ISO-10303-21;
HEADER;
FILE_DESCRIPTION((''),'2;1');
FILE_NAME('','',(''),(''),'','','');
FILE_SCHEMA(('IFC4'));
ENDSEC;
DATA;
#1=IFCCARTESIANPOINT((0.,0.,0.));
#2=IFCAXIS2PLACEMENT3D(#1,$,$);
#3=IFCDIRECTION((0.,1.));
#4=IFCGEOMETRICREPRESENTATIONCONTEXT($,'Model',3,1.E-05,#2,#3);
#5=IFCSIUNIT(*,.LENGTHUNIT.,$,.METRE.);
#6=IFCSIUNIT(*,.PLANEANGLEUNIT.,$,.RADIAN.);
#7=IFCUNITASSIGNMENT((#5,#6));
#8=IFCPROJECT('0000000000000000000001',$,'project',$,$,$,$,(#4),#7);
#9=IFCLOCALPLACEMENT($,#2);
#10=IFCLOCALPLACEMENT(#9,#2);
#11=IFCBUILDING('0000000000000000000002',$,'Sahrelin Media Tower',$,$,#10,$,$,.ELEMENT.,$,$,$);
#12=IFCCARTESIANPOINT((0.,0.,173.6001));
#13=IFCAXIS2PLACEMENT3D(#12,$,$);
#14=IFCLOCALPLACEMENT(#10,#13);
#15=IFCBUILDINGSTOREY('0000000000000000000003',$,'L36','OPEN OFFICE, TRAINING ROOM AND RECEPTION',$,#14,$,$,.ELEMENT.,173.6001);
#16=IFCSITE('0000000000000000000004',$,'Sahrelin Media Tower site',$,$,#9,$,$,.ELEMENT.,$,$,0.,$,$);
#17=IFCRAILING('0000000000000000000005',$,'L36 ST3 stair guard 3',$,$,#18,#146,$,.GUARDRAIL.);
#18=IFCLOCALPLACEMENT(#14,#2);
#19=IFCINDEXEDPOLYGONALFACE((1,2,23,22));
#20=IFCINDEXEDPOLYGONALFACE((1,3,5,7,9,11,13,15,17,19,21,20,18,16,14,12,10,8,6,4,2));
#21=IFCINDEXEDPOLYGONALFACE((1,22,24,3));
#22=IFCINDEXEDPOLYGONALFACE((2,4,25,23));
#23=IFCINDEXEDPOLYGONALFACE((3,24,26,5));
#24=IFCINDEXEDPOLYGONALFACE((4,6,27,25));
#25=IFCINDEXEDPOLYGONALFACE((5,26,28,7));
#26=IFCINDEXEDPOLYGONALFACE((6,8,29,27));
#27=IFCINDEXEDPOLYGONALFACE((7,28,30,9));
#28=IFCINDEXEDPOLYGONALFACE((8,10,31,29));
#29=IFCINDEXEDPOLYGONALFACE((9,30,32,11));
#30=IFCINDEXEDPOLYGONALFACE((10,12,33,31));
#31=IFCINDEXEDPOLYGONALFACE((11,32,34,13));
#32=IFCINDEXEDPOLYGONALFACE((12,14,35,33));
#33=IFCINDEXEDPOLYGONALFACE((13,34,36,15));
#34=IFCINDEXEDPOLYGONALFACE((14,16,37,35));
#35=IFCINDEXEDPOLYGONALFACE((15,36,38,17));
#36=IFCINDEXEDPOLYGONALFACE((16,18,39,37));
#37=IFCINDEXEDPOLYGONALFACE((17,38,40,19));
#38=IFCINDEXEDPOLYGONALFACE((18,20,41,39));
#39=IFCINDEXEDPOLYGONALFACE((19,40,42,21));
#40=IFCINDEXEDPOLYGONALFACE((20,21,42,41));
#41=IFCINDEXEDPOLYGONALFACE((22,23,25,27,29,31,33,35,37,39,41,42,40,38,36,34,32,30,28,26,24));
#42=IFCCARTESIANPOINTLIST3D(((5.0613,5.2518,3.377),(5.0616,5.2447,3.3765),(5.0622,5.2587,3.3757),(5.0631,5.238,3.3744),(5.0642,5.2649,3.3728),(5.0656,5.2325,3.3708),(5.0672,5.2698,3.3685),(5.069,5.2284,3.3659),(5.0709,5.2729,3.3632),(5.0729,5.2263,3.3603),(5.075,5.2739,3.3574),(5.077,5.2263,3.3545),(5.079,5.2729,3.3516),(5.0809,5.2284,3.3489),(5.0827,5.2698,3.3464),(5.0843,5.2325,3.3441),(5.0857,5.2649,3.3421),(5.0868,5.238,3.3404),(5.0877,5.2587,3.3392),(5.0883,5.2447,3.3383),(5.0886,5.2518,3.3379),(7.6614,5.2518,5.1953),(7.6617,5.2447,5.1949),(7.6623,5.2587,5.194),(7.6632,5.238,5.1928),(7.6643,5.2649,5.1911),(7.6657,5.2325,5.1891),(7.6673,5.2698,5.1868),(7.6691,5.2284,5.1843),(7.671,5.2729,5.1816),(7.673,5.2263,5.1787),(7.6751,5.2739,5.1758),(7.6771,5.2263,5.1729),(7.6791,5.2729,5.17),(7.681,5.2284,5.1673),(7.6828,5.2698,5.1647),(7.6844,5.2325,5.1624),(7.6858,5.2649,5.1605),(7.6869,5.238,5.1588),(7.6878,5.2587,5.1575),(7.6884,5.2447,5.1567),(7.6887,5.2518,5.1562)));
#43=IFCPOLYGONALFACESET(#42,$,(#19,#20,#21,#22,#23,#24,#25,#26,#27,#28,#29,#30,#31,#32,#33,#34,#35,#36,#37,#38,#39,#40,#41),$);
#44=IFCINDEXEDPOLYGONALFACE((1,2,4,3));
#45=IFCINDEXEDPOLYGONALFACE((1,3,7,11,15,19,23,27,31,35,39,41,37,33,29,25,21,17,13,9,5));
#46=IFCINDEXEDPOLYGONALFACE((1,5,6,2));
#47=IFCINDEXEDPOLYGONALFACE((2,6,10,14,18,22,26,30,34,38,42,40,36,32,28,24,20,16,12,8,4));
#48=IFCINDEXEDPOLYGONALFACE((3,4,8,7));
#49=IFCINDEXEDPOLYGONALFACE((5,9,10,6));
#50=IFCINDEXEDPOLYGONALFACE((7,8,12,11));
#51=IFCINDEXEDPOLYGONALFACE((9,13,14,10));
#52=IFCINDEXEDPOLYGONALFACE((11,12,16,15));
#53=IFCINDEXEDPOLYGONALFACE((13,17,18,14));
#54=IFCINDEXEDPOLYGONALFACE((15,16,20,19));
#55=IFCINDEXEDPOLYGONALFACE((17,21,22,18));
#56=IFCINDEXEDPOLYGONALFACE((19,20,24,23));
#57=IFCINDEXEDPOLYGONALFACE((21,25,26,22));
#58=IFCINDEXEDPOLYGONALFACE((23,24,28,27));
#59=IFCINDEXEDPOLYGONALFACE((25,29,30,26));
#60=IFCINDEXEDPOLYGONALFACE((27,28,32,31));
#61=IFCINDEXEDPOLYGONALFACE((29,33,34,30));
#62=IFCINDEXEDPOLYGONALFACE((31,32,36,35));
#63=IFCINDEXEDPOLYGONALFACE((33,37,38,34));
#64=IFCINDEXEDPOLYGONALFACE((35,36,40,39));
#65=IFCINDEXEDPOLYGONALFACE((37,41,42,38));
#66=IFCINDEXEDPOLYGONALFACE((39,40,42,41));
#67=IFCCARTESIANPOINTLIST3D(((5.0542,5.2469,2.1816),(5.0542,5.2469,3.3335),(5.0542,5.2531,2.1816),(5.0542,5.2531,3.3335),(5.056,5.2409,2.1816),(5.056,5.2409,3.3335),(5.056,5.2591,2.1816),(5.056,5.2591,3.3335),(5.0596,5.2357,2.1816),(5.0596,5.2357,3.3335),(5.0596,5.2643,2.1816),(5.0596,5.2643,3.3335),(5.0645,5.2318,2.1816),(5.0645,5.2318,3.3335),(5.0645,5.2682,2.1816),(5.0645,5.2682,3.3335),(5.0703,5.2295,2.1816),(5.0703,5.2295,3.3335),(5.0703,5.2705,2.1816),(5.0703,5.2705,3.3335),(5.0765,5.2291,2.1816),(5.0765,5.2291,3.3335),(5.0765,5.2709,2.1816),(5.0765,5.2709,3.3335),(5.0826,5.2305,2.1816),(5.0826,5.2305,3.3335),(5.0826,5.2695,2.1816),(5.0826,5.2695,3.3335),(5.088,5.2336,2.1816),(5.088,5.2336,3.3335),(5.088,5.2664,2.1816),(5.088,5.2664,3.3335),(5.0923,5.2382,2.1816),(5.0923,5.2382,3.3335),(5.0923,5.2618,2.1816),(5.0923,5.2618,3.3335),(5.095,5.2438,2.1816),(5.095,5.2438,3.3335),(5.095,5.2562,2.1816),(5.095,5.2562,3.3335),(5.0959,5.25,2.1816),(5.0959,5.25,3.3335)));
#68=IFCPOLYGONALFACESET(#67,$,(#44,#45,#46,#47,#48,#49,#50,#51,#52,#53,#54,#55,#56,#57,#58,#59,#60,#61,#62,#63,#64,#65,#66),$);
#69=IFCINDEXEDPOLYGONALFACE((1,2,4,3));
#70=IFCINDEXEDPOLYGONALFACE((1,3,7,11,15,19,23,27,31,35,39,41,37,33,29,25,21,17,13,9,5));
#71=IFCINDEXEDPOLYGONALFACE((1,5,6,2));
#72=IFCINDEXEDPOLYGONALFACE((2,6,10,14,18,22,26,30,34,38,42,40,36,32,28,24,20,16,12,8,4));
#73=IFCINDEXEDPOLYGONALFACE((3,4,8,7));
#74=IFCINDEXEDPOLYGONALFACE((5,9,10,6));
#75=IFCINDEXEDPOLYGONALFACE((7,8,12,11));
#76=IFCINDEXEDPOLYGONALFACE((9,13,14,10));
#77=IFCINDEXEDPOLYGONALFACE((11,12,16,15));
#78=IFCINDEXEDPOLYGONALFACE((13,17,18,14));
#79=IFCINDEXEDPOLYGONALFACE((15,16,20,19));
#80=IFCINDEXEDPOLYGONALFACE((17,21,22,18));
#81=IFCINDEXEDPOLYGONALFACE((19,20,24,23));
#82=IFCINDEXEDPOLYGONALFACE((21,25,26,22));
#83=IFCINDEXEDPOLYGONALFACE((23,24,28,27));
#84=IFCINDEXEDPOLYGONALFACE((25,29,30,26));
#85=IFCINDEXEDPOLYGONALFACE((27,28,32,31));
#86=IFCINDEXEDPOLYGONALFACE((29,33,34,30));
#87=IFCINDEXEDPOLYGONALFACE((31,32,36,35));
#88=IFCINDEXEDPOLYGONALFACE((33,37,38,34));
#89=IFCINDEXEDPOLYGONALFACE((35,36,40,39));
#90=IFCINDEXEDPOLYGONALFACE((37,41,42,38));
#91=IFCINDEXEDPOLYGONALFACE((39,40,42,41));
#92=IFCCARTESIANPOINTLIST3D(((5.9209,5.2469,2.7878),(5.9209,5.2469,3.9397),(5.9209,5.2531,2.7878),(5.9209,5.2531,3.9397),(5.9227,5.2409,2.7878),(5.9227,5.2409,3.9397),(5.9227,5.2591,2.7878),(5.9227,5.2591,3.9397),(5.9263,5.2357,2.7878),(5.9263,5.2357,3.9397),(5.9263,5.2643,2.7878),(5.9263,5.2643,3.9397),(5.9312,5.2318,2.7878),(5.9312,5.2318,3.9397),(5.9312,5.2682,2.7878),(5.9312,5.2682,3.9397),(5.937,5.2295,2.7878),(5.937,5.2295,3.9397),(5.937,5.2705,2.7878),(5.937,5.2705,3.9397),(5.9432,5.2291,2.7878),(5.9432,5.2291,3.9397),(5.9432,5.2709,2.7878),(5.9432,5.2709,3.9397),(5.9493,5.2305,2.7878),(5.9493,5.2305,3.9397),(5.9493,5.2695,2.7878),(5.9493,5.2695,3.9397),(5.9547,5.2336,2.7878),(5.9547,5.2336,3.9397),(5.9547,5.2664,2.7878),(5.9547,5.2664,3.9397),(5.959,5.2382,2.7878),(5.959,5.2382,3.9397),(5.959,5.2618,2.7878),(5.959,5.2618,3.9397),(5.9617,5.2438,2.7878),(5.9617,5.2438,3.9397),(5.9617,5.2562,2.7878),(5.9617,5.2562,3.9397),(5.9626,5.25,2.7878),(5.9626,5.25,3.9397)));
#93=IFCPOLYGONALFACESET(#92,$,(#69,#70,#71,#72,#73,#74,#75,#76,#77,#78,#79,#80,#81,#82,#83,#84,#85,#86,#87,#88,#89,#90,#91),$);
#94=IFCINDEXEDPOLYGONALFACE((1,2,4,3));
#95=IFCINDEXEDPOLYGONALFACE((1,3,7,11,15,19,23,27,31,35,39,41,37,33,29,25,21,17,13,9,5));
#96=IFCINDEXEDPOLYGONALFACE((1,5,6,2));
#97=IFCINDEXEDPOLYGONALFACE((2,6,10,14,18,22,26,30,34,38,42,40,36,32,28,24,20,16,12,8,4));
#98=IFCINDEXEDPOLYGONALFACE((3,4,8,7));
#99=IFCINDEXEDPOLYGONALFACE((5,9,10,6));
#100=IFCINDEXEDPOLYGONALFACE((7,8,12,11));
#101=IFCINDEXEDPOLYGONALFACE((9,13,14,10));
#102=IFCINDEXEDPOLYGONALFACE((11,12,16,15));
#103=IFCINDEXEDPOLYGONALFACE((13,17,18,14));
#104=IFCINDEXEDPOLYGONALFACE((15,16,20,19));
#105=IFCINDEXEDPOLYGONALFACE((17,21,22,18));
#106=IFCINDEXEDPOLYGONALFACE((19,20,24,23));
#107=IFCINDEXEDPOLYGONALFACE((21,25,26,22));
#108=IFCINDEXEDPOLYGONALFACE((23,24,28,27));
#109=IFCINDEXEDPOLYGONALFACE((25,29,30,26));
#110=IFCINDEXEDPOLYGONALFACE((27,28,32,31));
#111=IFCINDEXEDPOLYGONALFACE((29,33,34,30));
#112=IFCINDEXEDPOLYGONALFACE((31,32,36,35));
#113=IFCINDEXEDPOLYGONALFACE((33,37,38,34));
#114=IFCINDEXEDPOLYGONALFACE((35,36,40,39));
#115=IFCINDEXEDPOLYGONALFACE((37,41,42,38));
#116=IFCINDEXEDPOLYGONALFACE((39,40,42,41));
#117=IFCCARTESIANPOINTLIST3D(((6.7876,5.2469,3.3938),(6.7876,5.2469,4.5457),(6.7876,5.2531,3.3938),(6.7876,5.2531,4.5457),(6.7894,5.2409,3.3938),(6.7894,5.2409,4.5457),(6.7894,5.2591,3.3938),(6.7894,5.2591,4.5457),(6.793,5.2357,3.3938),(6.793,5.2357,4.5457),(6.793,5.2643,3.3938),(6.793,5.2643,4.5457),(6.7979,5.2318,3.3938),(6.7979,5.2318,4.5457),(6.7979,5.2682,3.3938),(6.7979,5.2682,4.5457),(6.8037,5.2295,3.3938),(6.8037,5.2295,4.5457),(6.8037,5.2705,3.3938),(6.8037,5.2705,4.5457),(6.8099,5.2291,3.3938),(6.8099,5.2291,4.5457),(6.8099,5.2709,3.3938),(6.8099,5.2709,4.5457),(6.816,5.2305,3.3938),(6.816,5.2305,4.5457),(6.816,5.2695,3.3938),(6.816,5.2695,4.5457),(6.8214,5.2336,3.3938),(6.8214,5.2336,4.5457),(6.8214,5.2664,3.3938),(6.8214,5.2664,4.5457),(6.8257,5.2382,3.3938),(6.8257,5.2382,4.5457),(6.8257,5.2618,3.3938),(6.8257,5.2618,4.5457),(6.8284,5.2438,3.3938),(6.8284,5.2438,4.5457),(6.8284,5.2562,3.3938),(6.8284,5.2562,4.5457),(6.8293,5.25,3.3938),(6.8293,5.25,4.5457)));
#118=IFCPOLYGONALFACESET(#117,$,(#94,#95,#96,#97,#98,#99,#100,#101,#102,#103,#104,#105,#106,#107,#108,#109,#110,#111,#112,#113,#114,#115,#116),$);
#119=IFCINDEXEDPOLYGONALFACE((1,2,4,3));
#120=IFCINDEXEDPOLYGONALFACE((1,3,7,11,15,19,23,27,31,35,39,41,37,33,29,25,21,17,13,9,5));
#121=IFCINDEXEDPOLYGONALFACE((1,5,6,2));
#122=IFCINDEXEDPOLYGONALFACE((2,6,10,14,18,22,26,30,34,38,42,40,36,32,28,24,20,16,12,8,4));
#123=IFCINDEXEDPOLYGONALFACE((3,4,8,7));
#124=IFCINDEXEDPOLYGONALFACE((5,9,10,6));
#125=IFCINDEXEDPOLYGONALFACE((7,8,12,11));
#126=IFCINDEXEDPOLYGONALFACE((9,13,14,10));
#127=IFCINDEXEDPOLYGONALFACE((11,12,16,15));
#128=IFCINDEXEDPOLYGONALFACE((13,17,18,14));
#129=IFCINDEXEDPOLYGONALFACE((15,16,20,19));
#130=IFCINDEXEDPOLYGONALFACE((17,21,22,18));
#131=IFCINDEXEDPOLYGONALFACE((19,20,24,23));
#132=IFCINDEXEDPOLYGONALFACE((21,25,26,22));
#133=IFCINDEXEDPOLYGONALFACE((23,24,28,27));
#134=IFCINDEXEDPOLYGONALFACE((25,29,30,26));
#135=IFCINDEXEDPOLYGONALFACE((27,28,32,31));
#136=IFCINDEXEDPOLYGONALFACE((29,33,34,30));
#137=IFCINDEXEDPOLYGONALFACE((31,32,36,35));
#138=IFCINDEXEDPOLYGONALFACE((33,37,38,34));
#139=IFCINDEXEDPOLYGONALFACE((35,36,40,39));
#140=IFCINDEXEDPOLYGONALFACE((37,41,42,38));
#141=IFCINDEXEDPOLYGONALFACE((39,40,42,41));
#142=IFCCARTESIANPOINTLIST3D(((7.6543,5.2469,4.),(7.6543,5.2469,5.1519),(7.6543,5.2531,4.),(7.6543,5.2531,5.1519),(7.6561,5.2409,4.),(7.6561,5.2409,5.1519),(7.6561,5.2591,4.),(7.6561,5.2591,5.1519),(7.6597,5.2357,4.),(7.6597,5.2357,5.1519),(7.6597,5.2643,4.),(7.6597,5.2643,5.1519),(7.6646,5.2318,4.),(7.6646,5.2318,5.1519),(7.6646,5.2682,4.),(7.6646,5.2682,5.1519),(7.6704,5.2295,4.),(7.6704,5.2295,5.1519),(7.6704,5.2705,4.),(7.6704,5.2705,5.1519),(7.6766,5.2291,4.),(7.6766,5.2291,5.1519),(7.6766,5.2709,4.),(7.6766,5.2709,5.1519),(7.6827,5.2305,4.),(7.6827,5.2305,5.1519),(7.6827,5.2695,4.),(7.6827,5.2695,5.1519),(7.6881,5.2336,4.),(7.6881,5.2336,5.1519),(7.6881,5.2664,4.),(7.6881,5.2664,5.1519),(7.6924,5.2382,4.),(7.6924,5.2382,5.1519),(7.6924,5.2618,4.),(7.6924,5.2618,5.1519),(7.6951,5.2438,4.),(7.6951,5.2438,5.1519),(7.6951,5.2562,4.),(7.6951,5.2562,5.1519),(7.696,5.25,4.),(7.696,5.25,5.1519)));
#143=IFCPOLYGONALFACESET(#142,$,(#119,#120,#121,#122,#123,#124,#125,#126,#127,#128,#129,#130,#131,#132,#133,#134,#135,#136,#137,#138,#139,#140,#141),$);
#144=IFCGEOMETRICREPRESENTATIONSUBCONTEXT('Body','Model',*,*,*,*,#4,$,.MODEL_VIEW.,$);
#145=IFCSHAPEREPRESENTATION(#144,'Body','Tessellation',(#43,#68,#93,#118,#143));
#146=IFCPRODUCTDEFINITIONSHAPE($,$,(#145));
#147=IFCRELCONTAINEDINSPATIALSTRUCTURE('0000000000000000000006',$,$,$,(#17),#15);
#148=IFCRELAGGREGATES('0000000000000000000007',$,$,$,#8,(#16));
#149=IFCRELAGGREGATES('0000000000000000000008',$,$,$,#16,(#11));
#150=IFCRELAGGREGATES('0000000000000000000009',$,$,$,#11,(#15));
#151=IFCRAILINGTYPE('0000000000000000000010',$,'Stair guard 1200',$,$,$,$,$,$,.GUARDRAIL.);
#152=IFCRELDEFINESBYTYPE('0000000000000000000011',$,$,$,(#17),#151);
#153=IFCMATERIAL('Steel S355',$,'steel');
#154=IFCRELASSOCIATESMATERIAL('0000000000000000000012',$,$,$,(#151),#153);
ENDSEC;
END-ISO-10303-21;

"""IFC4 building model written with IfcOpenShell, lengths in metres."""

from ifc_helpers import new_model, si_unit, direction, frame, origin, origin_2d, place, context, subcontext, project, spatial, circle, extrude, material, type_object, element, save


model = new_model("IFC4")

# Units and contexts
model_context = context("Model", 3, precision=1e-05, world=origin(), true_north=direction((0.0, 1.0)))
body_context = subcontext(model_context, "Body", "Model", "MODEL_VIEW")
ifc_project = project(units=[si_unit("LENGTHUNIT", "METRE"), si_unit("PLANEANGLEUNIT", "RADIAN")], contexts=[model_context])

# Site, building, storey
site_placement = place(None, origin())
site = spatial("IfcSite", under=ifc_project, at=site_placement, Name="Sahrelin Media Tower site", CompositionType="ELEMENT", RefElevation=0.0)
building_placement = place(site_placement, origin())
building = spatial("IfcBuilding", under=site, at=building_placement, Name="Sahrelin Media Tower", CompositionType="ELEMENT")
storey_placement = place(building_placement, frame((0.0, 0.0, 173.6001)))
storey = spatial("IfcBuildingStorey", under=building, at=storey_placement, Name="L36", Description="OPEN OFFICE, TRAINING ROOM AND RECEPTION", CompositionType="ELEMENT", Elevation=173.6001)

# Shared definitions
ifc_material_1 = material(Name="Steel S355", Category="steel")

# Railing
railing_type_1 = type_object("IfcRailingType", Name="Stair guard 1200", PredefinedType="GUARDRAIL", material=ifc_material_1)
railing_1_placement = place(storey_placement, frame((5.075, 5.25, 2.1816)))
element("IfcRailing", 1, at=railing_1_placement, inside=storey, type_object=railing_type_1, Name="L36 ST3 stair guard 3", PredefinedType="GUARDRAIL", context=body_context, shape_type="SweptSolid", body=[
    extrude(circle(Radius=0.0239, at=origin_2d()), frame((0.0, 0.0, 1.1758), z_axis=(0.819485, 0.0, 0.573101), x_axis=(0.0, 1.0, 0.0)), (0.0, 0.0, 1.0), 3.1729),
    extrude(circle(Radius=0.021, at=origin_2d()), origin(), (0.0, 0.0, 1.0), 1.1519),
    extrude(circle(Radius=0.021, at=origin_2d()), frame((0.8667, 0.0, 0.6062)), (0.0, 0.0, 1.0), 1.1519),
    extrude(circle(Radius=0.021, at=origin_2d()), frame((1.7334, 0.0, 1.2122)), (0.0, 0.0, 1.0), 1.1519),
    extrude(circle(Radius=0.021, at=origin_2d()), frame((2.6001, 0.0, 1.8184)), (0.0, 0.0, 1.0), 1.1519),
])

save(model, "model.ifc")
